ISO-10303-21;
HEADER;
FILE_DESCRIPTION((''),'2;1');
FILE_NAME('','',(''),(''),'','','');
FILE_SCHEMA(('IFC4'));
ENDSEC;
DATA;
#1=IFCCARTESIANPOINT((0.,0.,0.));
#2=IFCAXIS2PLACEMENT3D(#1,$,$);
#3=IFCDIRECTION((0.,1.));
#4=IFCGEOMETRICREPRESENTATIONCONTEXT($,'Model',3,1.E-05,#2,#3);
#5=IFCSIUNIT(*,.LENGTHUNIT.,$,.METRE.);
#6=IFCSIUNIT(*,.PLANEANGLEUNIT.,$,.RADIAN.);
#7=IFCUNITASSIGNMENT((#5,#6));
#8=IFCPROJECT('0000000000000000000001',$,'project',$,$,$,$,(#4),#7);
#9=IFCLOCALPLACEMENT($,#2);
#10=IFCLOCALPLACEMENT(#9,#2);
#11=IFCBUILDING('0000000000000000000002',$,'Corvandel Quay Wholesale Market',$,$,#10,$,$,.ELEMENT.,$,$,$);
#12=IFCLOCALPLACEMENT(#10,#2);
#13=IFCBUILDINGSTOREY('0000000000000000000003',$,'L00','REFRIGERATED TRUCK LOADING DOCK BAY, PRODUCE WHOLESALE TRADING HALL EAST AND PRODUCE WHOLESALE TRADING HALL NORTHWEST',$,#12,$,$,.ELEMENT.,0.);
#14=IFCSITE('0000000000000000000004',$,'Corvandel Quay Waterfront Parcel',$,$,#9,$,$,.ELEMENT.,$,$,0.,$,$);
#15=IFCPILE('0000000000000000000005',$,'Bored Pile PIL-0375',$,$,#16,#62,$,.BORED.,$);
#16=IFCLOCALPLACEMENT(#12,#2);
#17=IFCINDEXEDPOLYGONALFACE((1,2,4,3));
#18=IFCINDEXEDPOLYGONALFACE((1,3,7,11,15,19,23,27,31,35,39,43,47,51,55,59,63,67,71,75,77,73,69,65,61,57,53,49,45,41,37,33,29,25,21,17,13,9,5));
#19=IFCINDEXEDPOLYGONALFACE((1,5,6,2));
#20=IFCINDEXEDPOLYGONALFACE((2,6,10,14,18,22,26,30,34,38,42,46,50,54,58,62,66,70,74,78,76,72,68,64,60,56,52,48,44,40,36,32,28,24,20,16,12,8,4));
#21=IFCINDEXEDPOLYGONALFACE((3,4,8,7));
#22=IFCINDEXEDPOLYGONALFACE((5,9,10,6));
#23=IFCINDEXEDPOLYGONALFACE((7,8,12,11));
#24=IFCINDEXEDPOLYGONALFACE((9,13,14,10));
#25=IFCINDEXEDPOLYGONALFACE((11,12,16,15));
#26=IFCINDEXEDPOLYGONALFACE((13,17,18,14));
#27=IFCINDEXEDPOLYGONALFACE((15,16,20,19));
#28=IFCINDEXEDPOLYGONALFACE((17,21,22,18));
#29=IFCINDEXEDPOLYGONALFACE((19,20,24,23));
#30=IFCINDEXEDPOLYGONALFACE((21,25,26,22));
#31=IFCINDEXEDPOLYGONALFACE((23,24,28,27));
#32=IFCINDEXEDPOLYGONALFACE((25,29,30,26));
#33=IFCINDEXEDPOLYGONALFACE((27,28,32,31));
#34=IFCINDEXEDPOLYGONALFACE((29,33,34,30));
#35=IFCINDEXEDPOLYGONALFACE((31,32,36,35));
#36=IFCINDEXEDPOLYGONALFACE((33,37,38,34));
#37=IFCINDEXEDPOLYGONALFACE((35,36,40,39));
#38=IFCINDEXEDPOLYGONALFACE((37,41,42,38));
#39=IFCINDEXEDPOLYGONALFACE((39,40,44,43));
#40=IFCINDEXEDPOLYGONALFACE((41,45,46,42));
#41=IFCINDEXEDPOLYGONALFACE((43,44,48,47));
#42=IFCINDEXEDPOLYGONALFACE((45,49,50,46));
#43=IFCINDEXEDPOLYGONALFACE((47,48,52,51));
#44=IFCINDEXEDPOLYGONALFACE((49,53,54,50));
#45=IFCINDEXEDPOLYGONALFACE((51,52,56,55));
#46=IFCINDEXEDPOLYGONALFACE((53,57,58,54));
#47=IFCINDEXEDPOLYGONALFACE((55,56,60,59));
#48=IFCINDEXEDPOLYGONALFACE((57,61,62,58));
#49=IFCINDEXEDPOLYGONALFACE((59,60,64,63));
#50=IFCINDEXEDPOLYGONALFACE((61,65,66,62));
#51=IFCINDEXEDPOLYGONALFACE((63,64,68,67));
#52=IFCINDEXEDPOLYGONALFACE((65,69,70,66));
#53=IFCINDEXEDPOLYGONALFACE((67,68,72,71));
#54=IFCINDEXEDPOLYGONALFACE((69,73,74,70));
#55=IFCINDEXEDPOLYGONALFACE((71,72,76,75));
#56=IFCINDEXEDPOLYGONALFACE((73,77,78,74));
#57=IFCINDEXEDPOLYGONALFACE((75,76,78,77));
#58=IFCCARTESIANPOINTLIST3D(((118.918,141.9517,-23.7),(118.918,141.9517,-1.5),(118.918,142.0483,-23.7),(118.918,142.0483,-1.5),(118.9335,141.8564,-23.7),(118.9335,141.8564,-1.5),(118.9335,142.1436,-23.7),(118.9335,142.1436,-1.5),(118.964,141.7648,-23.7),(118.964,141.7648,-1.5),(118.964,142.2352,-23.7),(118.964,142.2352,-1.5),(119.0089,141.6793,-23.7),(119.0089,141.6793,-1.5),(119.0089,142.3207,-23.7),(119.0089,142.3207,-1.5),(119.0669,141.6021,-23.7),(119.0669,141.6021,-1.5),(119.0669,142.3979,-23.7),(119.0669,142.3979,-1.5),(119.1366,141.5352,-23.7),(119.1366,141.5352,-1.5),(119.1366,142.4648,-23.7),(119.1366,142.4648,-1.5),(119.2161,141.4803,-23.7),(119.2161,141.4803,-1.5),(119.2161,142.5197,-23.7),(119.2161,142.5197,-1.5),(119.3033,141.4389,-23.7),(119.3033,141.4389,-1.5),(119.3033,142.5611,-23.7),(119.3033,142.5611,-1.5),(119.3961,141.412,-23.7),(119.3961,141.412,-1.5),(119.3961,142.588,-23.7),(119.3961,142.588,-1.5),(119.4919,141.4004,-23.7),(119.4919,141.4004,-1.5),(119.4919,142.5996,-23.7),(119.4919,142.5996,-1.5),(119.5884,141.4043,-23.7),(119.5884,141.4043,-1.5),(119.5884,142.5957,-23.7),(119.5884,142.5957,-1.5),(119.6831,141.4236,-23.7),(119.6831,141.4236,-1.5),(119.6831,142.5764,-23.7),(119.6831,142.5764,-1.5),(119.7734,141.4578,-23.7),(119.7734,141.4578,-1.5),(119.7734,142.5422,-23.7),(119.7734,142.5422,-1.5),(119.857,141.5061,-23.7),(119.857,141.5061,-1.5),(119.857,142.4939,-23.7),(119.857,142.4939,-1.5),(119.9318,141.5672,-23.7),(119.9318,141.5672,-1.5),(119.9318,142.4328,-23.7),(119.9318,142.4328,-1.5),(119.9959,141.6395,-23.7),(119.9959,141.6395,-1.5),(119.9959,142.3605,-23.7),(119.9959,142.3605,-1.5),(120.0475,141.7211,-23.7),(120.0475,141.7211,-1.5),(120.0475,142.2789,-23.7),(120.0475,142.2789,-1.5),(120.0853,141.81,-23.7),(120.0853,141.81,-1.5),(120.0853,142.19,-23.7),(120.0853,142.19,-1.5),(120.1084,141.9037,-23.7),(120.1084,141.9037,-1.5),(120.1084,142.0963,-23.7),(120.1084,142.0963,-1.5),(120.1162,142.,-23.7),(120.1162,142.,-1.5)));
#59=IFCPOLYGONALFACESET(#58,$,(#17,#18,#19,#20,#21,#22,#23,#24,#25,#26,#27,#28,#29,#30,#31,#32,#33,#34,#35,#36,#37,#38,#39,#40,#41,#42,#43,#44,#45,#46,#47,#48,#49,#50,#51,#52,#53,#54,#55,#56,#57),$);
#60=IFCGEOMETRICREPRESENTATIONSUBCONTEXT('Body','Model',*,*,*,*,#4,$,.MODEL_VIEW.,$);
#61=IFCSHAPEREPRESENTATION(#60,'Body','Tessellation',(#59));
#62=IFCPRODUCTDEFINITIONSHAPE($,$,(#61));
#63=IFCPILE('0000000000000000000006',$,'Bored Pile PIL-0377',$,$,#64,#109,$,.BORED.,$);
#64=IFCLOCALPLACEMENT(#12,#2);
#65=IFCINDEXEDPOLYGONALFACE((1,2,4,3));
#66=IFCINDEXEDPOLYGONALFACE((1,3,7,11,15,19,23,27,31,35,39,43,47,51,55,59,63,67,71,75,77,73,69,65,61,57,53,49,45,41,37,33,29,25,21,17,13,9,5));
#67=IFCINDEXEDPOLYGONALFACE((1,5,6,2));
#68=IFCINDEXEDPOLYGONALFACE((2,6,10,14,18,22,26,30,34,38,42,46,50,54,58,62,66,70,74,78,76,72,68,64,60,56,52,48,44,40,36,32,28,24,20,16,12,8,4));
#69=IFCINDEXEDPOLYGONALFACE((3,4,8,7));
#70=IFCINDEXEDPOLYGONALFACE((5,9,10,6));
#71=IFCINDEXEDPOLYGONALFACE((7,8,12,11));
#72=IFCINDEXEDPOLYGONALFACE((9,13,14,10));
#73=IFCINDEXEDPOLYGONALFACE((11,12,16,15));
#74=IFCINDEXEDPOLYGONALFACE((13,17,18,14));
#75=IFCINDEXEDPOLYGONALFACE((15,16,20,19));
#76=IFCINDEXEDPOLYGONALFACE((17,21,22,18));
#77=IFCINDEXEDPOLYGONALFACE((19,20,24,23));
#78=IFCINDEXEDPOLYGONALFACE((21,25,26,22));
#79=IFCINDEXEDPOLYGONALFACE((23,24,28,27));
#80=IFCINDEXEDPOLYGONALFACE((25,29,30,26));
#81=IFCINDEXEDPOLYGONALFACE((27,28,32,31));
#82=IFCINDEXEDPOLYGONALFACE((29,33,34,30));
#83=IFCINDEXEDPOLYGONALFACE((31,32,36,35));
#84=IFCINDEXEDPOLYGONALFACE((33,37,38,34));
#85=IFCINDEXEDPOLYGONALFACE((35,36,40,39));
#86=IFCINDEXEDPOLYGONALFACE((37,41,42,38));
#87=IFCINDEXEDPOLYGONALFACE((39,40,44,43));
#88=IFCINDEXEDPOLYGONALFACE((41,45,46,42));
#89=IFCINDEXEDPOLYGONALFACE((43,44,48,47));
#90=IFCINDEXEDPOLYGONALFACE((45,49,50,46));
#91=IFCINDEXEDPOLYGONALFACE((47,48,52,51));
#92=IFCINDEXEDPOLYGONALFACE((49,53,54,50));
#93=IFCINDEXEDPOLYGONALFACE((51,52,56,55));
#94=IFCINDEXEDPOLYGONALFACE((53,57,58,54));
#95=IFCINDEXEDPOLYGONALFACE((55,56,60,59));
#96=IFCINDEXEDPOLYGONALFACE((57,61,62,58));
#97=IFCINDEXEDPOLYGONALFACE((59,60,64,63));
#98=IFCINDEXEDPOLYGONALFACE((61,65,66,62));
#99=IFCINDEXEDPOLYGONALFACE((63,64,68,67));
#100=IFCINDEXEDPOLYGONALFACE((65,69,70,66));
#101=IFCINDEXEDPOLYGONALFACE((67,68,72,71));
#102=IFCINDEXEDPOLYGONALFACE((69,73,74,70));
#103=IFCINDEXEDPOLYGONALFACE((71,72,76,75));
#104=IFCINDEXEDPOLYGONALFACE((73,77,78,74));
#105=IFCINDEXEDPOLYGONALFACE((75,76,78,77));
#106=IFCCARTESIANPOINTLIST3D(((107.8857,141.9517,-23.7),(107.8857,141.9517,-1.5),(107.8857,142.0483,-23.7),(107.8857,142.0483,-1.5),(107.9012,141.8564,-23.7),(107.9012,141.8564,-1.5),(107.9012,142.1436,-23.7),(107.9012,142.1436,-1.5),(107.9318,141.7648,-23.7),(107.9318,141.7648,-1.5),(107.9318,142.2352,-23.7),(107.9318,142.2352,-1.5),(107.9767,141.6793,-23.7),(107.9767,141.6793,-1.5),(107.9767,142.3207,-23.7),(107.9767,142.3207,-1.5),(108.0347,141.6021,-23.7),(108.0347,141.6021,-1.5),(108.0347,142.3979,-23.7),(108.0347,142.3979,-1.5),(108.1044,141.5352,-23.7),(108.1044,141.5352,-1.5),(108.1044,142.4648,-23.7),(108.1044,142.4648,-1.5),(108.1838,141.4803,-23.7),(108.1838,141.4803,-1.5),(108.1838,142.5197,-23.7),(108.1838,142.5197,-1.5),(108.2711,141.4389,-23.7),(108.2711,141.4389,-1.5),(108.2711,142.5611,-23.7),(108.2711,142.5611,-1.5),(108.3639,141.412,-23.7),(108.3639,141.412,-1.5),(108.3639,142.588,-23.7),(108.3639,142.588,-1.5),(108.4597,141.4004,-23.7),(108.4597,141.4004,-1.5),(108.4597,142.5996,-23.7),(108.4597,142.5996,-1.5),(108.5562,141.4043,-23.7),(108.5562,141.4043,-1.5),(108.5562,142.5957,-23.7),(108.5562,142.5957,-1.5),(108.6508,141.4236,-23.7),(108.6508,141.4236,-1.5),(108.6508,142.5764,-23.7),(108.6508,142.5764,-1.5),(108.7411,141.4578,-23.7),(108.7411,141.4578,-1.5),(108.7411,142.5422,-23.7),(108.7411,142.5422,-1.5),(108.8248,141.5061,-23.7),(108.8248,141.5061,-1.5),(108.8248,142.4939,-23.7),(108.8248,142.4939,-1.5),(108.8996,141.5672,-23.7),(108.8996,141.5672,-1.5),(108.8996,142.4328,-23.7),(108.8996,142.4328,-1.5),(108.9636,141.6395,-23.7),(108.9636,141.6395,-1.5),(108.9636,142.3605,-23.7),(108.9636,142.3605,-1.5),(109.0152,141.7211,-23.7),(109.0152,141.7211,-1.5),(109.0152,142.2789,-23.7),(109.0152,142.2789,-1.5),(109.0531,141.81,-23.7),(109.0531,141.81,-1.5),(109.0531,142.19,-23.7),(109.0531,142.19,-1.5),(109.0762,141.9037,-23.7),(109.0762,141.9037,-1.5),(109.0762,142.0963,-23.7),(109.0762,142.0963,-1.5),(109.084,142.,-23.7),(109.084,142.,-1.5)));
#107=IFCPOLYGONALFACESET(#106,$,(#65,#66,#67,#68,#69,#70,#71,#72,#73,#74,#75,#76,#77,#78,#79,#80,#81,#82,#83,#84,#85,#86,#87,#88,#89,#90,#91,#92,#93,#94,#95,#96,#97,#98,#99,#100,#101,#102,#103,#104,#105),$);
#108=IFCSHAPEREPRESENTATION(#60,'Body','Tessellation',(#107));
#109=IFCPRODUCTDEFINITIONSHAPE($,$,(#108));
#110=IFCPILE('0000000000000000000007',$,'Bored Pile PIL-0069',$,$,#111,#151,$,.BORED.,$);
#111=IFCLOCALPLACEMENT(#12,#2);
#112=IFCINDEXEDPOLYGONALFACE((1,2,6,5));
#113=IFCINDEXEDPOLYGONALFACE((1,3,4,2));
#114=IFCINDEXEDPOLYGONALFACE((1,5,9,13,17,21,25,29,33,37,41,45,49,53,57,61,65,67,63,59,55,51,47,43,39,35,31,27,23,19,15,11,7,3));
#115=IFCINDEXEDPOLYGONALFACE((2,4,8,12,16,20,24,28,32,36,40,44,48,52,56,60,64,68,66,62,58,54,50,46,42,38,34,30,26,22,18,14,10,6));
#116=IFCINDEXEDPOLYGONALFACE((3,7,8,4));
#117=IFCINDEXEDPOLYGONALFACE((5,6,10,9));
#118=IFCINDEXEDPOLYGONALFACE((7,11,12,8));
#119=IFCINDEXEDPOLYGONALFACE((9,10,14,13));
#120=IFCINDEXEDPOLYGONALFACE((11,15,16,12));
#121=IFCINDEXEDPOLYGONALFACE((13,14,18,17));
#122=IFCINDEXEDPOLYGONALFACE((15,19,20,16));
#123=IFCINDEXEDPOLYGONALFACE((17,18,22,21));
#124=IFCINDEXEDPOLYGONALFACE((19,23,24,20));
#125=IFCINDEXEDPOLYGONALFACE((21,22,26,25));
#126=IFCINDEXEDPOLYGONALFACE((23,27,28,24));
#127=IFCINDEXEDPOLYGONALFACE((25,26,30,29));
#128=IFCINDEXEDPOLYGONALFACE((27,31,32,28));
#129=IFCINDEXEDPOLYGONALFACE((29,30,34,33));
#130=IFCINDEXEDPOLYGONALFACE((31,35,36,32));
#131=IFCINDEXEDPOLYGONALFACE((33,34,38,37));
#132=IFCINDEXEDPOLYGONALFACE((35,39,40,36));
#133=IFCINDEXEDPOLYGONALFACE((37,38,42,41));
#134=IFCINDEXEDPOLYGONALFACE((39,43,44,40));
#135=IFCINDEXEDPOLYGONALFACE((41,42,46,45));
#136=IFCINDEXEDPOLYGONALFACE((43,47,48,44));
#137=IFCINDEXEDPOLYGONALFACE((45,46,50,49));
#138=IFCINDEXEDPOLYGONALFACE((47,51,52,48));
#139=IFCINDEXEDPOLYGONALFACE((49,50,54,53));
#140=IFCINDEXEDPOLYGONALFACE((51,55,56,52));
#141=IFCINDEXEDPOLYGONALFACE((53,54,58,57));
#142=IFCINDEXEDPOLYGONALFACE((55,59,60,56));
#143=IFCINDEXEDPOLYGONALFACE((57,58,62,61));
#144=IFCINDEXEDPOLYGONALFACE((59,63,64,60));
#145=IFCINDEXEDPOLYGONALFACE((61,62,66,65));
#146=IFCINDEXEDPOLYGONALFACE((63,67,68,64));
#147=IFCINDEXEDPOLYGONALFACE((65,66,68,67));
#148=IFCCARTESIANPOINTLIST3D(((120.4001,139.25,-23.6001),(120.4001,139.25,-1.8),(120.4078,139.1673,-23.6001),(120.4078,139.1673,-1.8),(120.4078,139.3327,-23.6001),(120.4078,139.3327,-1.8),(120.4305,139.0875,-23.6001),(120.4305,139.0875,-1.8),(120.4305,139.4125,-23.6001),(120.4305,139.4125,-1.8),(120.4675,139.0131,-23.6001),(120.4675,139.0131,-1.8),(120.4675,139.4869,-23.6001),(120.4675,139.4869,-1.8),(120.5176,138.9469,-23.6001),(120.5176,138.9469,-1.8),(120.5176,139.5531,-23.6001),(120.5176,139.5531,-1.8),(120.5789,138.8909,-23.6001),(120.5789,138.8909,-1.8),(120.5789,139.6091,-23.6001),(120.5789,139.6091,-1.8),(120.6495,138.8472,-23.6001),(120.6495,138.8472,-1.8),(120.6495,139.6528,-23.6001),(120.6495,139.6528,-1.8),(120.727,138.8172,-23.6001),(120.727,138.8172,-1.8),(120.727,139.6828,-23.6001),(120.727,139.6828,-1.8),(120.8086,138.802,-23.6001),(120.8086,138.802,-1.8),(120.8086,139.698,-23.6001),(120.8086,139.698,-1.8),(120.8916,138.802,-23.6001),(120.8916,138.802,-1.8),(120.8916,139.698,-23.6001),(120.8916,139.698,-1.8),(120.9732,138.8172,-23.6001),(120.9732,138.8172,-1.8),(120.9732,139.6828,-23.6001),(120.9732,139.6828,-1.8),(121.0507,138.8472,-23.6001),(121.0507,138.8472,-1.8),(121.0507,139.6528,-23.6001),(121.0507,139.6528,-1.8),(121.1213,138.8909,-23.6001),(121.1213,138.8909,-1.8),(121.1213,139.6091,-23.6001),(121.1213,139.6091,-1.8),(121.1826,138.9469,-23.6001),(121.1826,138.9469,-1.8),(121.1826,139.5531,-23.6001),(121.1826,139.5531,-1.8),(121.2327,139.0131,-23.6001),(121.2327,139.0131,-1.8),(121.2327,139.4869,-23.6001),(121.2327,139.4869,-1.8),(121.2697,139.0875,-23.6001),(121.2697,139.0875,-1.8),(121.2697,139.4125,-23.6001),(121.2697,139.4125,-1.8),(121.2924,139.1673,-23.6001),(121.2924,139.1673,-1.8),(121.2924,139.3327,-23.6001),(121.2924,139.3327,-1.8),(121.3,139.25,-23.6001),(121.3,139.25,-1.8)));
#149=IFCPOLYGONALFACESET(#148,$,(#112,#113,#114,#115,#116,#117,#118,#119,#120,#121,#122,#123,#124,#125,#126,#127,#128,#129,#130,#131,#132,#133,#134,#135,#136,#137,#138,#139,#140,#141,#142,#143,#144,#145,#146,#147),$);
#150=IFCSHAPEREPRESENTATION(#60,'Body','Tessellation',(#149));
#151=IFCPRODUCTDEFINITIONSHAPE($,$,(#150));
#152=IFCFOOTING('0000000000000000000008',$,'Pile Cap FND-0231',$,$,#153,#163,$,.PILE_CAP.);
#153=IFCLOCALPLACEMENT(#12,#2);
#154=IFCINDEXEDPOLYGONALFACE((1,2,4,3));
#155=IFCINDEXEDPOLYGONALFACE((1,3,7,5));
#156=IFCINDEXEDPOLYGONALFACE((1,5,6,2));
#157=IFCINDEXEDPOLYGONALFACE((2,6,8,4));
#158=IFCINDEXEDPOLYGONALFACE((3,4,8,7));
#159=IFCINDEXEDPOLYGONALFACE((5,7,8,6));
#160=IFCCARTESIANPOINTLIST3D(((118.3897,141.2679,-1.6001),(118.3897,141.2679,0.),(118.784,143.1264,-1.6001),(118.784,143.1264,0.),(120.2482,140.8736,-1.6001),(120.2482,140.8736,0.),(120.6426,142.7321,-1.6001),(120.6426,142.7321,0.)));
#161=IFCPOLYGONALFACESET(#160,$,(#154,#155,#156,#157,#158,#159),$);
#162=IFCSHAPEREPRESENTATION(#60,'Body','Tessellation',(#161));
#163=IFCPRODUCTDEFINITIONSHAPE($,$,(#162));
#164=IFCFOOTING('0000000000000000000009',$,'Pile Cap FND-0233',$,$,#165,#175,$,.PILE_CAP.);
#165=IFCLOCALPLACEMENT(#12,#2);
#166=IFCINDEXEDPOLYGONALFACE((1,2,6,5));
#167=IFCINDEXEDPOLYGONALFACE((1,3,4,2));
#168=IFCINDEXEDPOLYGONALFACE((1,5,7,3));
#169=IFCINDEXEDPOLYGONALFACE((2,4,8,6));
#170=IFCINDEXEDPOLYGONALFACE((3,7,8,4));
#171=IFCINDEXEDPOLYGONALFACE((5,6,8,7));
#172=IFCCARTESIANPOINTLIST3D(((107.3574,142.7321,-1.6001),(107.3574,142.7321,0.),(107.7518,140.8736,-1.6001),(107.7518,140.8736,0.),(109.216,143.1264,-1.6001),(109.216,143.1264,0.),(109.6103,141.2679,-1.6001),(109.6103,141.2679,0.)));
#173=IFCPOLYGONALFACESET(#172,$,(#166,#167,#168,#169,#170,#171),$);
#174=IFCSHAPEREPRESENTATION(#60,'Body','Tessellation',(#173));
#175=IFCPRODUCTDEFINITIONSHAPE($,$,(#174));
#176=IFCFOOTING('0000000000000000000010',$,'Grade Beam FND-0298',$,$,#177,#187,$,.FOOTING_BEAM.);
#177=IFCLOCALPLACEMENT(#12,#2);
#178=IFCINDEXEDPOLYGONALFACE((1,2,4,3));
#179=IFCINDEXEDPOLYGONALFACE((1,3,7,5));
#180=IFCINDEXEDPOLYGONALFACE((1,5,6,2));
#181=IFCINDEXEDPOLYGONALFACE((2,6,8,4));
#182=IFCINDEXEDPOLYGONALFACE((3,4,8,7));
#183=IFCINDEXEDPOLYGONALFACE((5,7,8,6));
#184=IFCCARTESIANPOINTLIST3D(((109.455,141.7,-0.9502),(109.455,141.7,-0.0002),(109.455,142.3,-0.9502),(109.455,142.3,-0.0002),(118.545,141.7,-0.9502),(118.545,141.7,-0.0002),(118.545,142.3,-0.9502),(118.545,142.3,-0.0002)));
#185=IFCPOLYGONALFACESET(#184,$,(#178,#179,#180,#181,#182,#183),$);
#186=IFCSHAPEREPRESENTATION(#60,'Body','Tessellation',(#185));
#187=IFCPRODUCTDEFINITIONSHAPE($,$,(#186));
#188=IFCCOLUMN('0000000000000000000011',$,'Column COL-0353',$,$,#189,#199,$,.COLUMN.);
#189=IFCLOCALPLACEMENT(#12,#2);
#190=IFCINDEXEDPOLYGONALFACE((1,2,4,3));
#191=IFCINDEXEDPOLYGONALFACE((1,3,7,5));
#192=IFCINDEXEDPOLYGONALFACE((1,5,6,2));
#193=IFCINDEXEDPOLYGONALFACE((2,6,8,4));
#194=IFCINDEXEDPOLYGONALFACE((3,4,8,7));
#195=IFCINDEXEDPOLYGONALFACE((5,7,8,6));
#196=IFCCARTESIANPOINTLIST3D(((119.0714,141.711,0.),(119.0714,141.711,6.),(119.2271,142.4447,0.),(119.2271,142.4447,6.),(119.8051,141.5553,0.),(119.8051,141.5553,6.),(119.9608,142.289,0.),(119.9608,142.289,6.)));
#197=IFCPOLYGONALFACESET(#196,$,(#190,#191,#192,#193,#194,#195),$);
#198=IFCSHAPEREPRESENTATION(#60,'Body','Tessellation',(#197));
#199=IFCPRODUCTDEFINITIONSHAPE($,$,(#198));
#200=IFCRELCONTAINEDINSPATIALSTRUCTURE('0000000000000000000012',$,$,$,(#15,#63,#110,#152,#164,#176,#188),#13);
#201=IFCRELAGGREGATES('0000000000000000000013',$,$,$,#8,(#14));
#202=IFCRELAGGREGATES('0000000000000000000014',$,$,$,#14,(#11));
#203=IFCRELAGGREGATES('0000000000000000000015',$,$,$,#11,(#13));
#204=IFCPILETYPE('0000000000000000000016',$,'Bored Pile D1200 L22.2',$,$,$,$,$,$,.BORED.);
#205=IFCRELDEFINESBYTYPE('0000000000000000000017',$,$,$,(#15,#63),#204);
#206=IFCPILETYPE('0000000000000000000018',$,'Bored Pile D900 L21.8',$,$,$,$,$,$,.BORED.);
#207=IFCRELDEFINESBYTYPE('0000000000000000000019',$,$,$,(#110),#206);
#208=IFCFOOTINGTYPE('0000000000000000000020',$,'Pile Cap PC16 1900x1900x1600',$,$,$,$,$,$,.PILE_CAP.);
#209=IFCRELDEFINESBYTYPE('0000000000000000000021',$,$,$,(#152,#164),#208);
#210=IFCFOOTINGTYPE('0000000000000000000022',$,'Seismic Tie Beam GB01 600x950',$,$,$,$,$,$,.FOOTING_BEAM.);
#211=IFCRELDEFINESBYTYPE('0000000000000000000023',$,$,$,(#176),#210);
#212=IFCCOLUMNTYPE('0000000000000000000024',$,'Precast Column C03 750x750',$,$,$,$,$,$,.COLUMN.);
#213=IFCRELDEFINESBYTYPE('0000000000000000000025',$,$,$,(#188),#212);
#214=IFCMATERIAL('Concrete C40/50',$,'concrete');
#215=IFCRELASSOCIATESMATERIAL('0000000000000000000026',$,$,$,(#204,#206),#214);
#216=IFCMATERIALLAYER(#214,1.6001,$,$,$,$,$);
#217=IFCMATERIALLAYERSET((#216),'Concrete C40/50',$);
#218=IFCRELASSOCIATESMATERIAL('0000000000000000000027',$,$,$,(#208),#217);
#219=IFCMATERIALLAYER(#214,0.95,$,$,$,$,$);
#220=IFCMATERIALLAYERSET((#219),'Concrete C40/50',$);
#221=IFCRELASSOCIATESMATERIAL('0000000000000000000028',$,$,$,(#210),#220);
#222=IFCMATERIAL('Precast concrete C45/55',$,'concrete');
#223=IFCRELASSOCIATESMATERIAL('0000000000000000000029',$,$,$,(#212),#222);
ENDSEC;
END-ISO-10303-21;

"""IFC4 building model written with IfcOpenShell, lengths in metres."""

from ifc_helpers import new_model, si_unit, direction, frame, origin, origin_2d, place, context, subcontext, project, spatial, rectangle, circle, extrude, material, layer, layer_set, material_profile, profile_set, type_object, element, save


model = new_model("IFC4")

# Units and contexts
model_context = context("Model", 3, precision=1e-05, world=origin(), true_north=direction((0.0, 1.0)))
body_context = subcontext(model_context, "Body", "Model", "MODEL_VIEW")
ifc_project = project(units=[si_unit("LENGTHUNIT", "METRE"), si_unit("PLANEANGLEUNIT", "RADIAN")], contexts=[model_context])

# Site, building, storey
site_placement = place(None, origin())
site = spatial("IfcSite", under=ifc_project, at=site_placement, Name="Corvandel Quay Waterfront Parcel", CompositionType="ELEMENT", RefElevation=0.0)
building_placement = place(site_placement, origin())
building = spatial("IfcBuilding", under=site, at=building_placement, Name="Corvandel Quay Wholesale Market", CompositionType="ELEMENT")
storey_placement = place(building_placement, origin())
storey = spatial("IfcBuildingStorey", under=building, at=storey_placement, Name="L00", Description="REFRIGERATED TRUCK LOADING DOCK BAY, PRODUCE WHOLESALE TRADING HALL EAST AND PRODUCE WHOLESALE TRADING HALL NORTHWEST", CompositionType="ELEMENT", Elevation=0.0)

# Piles
ifc_material_1 = material(Name="Concrete C40/50", Category="concrete")
ifc_material_profile_1 = material_profile(ifc_material_1, circle(Radius=0.6001, at=origin_2d()), Name="RC-PILE-D1200")
ifc_profile_set_1 = profile_set([ifc_material_profile_1], Name="Concrete C40/50")
pile_type_1 = type_object("IfcPileType", Name="Bored Pile D1200 L22.2", PredefinedType="BORED", material=ifc_profile_set_1)
for number, where, z_axis, x_axis, name in (
    (1, (119.5161, 142.0, -1.5), (0.0, 0.0, -1.0), (1.0, 0.0, 0.0), "Bored Pile PIL-0375"),
    (2, (108.4839, 142.0, -1.5), (0.0, 0.0, -1.0), (1.0, 0.0, 0.0), "Bored Pile PIL-0377"),
):
    element("IfcPile", number, at=place(storey_placement, frame(where, z_axis=z_axis, x_axis=x_axis)), inside=storey, type_object=pile_type_1, Name=name, PredefinedType="BORED", context=body_context, shape_type="SweptSolid", body=[
        extrude(circle(Radius=0.6001, at=origin_2d()), origin(), (0.0, 0.0, 1.0), 22.2),
    ])
ifc_material_profile_2 = material_profile(ifc_material_1, circle(Radius=0.45, at=origin_2d()), Name="RC-PILE-D900")
ifc_profile_set_2 = profile_set([ifc_material_profile_2], Name="Concrete C40/50")
pile_type_2 = type_object("IfcPileType", Name="Bored Pile D900 L21.8", PredefinedType="BORED", material=ifc_profile_set_2)
pile_placement = place(storey_placement, frame((120.8501, 139.25, -1.8), z_axis=(0.0, 0.0, -1.0), x_axis=(1.0, 0.0, 0.0)))
element("IfcPile", 3, at=pile_placement, inside=storey, type_object=pile_type_2, Name="Bored Pile PIL-0069", PredefinedType="BORED", context=body_context, shape_type="SweptSolid", body=[
    extrude(circle(Radius=0.45, at=origin_2d()), origin(), (0.0, 0.0, 1.0), 21.8),
])

# Footings
ifc_layer_1 = layer(ifc_material_1, 1.6001)
ifc_layer_set_1 = layer_set([ifc_layer_1], Name="Concrete C40/50")
footing_type_1 = type_object("IfcFootingType", Name="Pile Cap PC16 1900x1900x1600", PredefinedType="PILE_CAP", material=ifc_layer_set_1)
for number, where, z_axis, x_axis, name in (
    (4, (119.5161, 142.0, -1.6001), (0.0, 0.0, 1.0), (-0.97822, 0.20757, 0.0), "Pile Cap FND-0231"),
    (5, (108.4839, 142.0, -1.6001), (0.0, 0.0, 1.0), (0.97822, 0.20757, 0.0), "Pile Cap FND-0233"),
):
    element("IfcFooting", number, at=place(storey_placement, frame(where, z_axis=z_axis, x_axis=x_axis)), inside=storey, type_object=footing_type_1, Name=name, PredefinedType="PILE_CAP", context=body_context, shape_type="SweptSolid", body=[
        extrude(rectangle(XDim=1.8999, YDim=1.8999, at=origin_2d()), origin(), (0.0, 0.0, 1.0), 1.6001),
    ])
ifc_layer_2 = layer(ifc_material_1, 0.95)
ifc_layer_set_2 = layer_set([ifc_layer_2], Name="Concrete C40/50")
footing_type_2 = type_object("IfcFootingType", Name="Seismic Tie Beam GB01 600x950", PredefinedType="FOOTING_BEAM", material=ifc_layer_set_2)
footing_placement = place(storey_placement, frame((114.0, 142.0, -0.9502), z_axis=(0.0, 0.0, 1.0), x_axis=(1.0, 0.0, 0.0)))
element("IfcFooting", 6, at=footing_placement, inside=storey, type_object=footing_type_2, Name="Grade Beam FND-0298", PredefinedType="FOOTING_BEAM", context=body_context, shape_type="SweptSolid", body=[
    extrude(rectangle(XDim=9.0901, YDim=0.6001, at=origin_2d()), origin(), (0.0, 0.0, 1.0), 0.95),
])

# Column
ifc_material_2 = material(Name="Precast concrete C45/55", Category="concrete")
ifc_material_profile_3 = material_profile(ifc_material_2, rectangle(XDim=0.75, YDim=0.75, at=origin_2d()), Name="PC-COL-750x750")
ifc_profile_set_3 = profile_set([ifc_material_profile_3], Name="Precast concrete C45/55")
column_type = type_object("IfcColumnType", Name="Precast Column C03 750x750", PredefinedType="COLUMN", material=ifc_profile_set_3)
for number, where, z_axis, x_axis, name in (
    (7, (119.5161, 142.0, 0.0), (0.0, 0.0, 1.0), (-0.97822, 0.20757, 0.0), "Column COL-0353"),
):
    element("IfcColumn", number, at=place(storey_placement, frame(where, z_axis=z_axis, x_axis=x_axis)), inside=storey, type_object=column_type, Name=name, PredefinedType="COLUMN", context=body_context, shape_type="SweptSolid", body=[
        extrude(rectangle(XDim=0.75, YDim=0.75, at=origin_2d()), origin(), (0.0, 0.0, 1.0), 6.0),
    ])

save(model, "model.ifc")
